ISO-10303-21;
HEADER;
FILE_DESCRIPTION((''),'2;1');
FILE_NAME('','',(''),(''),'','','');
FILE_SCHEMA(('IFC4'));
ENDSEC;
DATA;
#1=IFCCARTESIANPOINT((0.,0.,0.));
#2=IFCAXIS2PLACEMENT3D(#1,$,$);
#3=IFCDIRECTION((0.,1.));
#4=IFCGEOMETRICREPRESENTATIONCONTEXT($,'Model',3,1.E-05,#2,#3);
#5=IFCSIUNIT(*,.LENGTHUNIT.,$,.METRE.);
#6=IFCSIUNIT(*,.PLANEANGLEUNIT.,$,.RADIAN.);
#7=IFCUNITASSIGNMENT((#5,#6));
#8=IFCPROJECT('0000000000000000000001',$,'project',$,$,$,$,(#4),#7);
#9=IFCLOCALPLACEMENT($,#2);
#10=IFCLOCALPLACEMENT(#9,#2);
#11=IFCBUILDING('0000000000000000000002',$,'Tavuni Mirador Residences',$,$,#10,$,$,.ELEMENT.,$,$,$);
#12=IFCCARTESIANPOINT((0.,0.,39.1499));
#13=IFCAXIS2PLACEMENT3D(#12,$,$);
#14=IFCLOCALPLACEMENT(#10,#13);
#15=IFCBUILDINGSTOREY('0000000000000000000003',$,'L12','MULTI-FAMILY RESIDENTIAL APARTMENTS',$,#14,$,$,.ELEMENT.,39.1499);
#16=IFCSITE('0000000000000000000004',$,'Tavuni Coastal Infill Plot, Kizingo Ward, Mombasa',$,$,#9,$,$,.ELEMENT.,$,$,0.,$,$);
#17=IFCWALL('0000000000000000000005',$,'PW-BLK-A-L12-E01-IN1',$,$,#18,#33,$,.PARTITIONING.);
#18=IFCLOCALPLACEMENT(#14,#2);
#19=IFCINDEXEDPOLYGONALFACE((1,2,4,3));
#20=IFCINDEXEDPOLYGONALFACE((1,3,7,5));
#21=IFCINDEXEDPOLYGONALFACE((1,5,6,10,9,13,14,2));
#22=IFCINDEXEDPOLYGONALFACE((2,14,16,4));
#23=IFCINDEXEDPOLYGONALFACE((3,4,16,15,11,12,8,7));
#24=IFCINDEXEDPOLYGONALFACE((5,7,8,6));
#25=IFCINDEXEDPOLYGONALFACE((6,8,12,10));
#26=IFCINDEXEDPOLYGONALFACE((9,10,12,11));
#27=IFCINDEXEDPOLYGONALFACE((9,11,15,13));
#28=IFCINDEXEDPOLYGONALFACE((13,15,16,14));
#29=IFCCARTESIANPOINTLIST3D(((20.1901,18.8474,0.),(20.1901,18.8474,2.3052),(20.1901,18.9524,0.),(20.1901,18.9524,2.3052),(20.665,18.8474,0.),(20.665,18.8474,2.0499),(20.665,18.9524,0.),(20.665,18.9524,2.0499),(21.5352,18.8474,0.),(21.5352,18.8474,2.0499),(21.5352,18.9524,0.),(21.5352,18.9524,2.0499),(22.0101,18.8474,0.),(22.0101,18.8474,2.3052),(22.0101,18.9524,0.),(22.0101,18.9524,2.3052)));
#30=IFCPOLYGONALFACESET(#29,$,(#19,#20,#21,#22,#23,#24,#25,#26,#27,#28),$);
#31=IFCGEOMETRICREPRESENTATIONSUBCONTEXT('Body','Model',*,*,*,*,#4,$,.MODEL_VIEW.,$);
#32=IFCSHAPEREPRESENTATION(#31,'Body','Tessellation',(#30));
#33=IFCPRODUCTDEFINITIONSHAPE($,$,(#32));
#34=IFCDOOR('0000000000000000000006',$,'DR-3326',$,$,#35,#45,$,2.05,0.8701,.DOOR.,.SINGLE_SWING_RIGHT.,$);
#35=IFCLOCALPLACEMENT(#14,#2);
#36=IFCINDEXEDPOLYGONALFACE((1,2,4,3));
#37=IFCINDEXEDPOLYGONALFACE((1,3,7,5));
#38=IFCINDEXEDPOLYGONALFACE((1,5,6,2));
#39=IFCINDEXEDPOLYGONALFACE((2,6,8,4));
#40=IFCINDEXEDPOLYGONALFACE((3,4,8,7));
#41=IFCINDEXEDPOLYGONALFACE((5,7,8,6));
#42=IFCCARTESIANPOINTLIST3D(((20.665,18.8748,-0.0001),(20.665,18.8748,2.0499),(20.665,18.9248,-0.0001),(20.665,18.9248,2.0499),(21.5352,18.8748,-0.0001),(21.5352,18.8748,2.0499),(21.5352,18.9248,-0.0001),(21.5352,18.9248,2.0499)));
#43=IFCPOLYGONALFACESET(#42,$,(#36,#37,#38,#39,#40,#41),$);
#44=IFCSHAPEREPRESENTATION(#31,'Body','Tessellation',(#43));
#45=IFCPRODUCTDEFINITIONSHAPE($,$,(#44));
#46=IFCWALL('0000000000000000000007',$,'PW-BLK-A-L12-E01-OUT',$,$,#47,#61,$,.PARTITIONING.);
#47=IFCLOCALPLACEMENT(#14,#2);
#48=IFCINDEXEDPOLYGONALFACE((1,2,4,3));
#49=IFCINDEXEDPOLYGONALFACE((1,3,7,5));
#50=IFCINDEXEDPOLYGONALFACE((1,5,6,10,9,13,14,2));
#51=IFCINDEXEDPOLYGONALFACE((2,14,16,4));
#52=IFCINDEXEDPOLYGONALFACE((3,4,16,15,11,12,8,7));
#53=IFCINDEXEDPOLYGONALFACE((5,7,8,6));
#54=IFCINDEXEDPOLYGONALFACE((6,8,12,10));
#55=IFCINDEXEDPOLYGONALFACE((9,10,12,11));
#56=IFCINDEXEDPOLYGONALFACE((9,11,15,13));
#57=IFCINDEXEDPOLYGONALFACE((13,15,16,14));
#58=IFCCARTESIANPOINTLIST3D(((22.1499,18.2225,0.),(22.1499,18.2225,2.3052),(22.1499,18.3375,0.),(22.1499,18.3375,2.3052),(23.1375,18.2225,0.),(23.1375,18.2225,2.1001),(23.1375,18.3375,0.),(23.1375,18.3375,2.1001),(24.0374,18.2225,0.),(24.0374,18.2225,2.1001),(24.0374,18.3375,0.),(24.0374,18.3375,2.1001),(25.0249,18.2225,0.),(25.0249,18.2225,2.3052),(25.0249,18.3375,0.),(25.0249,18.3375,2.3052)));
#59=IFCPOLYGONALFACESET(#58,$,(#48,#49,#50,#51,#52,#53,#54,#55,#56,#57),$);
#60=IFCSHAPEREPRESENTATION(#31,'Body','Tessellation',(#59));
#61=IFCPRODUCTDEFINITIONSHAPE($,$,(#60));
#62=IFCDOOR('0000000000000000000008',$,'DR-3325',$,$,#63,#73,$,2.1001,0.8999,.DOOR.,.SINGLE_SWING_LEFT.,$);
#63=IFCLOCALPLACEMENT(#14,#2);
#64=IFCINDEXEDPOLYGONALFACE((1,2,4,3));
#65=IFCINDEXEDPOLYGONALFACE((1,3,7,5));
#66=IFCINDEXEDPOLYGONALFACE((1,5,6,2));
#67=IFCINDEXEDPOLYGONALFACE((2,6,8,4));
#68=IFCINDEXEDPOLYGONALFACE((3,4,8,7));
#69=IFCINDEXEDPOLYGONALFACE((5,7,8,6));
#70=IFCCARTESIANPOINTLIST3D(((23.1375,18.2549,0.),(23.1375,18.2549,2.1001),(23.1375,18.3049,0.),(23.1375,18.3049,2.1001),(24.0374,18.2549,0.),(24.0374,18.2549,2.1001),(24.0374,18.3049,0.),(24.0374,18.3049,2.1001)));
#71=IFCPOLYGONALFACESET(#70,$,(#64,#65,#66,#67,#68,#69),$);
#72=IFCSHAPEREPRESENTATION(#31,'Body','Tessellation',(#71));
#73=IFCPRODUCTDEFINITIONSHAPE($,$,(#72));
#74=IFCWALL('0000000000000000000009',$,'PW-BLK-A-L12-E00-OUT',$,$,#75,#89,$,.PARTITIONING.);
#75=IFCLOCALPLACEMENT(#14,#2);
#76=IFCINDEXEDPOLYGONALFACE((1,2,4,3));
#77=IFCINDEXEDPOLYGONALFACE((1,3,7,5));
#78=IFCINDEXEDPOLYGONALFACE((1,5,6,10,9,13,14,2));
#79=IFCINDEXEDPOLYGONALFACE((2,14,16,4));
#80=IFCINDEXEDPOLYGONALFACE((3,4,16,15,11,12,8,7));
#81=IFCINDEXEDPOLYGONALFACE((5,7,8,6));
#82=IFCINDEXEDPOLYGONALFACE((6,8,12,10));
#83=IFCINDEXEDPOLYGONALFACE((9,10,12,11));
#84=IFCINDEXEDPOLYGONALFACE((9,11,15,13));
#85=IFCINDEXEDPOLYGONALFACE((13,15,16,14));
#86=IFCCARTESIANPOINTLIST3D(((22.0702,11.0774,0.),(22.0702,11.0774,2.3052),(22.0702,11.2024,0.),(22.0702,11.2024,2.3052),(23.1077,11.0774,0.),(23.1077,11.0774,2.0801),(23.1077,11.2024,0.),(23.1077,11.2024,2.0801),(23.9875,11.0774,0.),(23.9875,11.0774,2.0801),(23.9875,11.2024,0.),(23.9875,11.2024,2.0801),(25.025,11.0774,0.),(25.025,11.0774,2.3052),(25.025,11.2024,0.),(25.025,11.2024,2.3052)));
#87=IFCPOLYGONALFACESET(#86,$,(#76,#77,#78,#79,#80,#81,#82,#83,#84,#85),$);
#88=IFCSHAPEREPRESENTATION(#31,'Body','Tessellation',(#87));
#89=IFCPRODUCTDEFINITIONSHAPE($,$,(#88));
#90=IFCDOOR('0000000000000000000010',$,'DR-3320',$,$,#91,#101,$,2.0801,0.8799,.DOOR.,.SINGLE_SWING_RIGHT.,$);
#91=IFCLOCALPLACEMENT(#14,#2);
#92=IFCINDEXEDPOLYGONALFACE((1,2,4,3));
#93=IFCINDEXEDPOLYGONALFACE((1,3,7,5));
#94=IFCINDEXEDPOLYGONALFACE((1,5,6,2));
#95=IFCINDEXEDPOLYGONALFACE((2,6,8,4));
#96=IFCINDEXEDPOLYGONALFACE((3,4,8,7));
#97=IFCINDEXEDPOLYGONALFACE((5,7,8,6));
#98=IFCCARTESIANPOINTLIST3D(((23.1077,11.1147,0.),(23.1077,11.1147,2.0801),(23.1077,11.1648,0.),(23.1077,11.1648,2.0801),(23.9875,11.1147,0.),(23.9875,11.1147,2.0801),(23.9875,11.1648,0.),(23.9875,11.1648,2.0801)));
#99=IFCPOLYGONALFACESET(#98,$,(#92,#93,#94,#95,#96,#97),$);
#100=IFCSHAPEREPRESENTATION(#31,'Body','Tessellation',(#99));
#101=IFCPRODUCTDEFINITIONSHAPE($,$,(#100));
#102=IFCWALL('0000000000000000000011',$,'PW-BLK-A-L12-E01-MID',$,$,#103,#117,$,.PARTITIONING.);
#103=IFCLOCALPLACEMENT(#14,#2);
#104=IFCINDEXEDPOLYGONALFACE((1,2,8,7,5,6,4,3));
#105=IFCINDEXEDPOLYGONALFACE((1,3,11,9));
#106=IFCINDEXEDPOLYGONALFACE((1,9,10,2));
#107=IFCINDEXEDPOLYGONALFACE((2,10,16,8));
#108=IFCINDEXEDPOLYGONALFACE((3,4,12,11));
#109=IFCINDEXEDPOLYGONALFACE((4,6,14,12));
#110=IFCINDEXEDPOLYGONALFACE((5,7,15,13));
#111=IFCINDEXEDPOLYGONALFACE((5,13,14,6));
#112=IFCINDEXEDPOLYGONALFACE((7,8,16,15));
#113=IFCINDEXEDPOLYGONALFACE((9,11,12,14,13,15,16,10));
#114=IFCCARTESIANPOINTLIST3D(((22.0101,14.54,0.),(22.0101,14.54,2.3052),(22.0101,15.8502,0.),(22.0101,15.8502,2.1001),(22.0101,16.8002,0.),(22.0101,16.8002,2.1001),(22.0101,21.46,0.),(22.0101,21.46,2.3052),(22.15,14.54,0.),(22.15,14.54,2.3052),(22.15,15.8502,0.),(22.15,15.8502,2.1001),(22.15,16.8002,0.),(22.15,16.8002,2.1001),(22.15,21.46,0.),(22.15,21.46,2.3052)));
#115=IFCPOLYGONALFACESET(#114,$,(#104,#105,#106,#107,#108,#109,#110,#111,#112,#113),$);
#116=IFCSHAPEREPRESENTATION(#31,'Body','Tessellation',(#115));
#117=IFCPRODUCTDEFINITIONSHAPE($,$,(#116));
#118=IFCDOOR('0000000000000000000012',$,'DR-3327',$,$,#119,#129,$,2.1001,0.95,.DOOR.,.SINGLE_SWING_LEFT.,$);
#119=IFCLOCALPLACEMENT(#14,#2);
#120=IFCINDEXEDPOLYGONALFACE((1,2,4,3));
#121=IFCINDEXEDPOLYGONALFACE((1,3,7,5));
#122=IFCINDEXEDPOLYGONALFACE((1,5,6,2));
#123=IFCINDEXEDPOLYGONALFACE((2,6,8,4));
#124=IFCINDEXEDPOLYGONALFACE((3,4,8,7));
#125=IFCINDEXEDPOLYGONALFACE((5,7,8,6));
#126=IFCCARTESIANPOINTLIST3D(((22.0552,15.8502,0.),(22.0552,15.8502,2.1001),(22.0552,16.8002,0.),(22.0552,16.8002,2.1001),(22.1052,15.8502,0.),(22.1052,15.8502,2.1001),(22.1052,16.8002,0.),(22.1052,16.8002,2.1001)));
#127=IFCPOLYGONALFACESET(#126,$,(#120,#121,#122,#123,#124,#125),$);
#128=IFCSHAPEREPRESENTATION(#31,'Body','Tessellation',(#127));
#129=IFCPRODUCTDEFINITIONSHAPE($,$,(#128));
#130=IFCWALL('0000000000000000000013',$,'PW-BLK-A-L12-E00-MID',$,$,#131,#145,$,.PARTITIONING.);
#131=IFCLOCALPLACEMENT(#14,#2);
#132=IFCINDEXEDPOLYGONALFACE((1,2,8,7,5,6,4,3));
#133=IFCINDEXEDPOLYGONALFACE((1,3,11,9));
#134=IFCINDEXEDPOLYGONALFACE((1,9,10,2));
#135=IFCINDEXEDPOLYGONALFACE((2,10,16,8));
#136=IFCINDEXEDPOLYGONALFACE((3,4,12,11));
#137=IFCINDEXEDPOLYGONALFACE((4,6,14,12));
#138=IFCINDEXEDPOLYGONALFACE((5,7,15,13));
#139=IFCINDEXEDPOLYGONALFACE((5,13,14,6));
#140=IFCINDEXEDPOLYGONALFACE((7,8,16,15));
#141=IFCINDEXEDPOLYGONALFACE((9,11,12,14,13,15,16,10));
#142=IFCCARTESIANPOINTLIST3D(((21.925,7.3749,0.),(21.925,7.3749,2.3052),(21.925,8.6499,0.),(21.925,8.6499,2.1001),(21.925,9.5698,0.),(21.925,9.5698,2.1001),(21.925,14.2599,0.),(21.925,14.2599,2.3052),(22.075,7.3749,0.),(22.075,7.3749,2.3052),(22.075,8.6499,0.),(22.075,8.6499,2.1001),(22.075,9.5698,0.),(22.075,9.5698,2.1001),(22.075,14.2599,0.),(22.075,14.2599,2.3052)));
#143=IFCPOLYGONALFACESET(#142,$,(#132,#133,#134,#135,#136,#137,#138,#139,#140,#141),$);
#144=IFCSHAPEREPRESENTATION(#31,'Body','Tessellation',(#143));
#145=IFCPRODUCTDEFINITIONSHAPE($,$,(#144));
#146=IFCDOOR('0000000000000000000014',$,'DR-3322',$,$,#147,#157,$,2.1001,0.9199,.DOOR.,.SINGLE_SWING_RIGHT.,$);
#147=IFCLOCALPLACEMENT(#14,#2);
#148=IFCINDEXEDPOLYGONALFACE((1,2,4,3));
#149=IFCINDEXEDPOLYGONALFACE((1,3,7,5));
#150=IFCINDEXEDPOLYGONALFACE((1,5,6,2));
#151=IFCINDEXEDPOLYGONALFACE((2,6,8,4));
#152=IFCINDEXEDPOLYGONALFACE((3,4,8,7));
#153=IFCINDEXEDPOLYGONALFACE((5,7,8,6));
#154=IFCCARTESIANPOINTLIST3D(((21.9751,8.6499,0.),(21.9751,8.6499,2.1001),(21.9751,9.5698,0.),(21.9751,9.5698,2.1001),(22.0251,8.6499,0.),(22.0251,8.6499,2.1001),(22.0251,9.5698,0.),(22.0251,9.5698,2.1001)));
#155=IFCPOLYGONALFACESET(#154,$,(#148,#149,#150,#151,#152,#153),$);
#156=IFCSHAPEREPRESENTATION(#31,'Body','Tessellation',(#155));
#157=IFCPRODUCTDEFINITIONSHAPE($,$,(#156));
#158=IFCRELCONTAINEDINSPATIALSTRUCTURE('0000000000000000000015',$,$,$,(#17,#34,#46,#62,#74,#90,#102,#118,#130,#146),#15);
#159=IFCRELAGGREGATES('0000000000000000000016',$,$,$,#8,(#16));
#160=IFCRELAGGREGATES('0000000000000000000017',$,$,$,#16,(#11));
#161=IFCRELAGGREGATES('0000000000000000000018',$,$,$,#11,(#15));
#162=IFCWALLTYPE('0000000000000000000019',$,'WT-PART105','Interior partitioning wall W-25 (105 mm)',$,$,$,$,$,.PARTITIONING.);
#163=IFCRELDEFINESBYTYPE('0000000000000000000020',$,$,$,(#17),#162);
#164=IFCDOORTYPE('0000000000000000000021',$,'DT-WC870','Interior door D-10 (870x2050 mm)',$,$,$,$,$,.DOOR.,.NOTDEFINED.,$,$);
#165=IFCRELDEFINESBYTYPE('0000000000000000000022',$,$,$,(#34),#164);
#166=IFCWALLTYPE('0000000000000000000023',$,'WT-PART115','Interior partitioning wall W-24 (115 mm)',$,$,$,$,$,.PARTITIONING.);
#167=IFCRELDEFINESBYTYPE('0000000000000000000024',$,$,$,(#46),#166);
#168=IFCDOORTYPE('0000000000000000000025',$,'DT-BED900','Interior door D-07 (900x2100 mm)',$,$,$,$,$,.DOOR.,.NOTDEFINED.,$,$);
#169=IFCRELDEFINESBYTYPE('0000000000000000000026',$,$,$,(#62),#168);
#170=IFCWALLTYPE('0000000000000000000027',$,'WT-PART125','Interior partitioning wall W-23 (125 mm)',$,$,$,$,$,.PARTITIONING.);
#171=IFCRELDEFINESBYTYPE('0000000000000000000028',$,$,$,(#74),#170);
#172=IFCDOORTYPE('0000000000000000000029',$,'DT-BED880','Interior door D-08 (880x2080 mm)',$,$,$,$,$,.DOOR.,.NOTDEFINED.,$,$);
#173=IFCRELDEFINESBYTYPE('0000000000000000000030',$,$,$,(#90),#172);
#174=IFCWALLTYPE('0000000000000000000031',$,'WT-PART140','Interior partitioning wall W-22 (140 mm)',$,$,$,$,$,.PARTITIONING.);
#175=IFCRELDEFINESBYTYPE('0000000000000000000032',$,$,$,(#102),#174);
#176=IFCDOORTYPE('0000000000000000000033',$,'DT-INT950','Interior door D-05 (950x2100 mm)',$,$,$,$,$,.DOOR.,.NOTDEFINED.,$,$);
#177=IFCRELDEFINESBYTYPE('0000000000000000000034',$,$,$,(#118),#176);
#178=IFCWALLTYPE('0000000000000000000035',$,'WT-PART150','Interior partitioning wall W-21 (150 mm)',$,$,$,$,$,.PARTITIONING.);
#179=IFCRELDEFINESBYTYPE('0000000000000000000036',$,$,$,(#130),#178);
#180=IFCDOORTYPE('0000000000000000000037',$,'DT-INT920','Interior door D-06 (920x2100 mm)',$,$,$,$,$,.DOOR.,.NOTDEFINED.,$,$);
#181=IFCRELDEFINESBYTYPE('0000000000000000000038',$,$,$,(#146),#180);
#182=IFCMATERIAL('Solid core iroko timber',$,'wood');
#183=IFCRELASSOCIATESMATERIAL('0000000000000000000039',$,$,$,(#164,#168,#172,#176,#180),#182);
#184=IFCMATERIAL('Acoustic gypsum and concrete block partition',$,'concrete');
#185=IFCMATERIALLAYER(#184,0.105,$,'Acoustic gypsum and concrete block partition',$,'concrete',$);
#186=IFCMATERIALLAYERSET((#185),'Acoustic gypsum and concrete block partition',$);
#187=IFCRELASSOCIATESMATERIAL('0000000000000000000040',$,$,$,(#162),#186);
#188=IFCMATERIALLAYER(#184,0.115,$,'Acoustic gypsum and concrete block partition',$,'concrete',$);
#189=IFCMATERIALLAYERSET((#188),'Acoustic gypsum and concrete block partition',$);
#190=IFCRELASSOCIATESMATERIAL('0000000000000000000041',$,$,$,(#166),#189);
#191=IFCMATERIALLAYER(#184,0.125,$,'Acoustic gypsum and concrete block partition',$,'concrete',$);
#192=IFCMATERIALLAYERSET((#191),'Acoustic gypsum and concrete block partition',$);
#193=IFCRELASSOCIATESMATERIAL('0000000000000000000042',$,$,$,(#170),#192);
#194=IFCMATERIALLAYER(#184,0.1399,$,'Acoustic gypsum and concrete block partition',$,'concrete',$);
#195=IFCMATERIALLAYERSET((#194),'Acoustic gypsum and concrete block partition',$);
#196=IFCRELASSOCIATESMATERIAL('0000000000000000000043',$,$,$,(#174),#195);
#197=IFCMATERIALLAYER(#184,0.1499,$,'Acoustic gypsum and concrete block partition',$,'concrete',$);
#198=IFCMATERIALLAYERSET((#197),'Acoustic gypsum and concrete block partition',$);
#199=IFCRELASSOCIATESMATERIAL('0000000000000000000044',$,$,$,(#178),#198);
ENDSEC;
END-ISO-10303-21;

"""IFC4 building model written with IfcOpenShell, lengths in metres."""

from ifc_helpers import new_model, si_unit, direction, frame, frame_2d, origin, place, context, subcontext, project, spatial, rectangle, extrude, material, layer, layer_set, type_object, element, fill, save


model = new_model("IFC4")

# Units and contexts
model_context = context("Model", 3, precision=1e-05, world=origin(), true_north=direction((0.0, 1.0)))
body_context = subcontext(model_context, "Body", "Model", "MODEL_VIEW")
ifc_project = project(units=[si_unit("LENGTHUNIT", "METRE"), si_unit("PLANEANGLEUNIT", "RADIAN")], contexts=[model_context])

# Site, building, storey
site_placement = place(None, origin())
site = spatial("IfcSite", under=ifc_project, at=site_placement, Name="Tavuni Coastal Infill Plot, Kizingo Ward, Mombasa", CompositionType="ELEMENT", RefElevation=0.0)
building_placement = place(site_placement, origin())
building = spatial("IfcBuilding", under=site, at=building_placement, Name="Tavuni Mirador Residences", CompositionType="ELEMENT")
storey_placement = place(building_placement, frame((0.0, 0.0, 39.1499)))
storey = spatial("IfcBuildingStorey", under=building, at=storey_placement, Name="L12", Description="MULTI-FAMILY RESIDENTIAL APARTMENTS", CompositionType="ELEMENT", Elevation=39.1499)

# Shared definitions
ifc_material_1 = material(Name="Solid core iroko timber", Category="wood")

# Walls, openings, doors
ifc_material_2 = material(Name="Acoustic gypsum and concrete block partition", Category="concrete")
door_type_1 = type_object("IfcDoorType", Name="DT-WC870", Description="Interior door D-10 (870x2050 mm)", OperationType="NOTDEFINED", PredefinedType="DOOR", material=ifc_material_1)
ifc_layer_1 = layer(ifc_material_2, 0.105, Name="Acoustic gypsum and concrete block partition", Category="concrete")
ifc_layer_set_1 = layer_set([ifc_layer_1], Name="Acoustic gypsum and concrete block partition")
wall_type_1 = type_object("IfcWallType", Name="WT-PART105", Description="Interior partitioning wall W-25 (105 mm)", PredefinedType="PARTITIONING", material=ifc_layer_set_1)
wall_1_placement = place(storey_placement, frame((20.1899, 18.8999, 0.0), z_axis=(0.0, 0.0, 1.0), x_axis=(1.0, 0.0, 0.0)))
wall_1 = element("IfcWall", 1, at=wall_1_placement, inside=storey, type_object=wall_type_1, Name="PW-BLK-A-L12-E01-IN1", PredefinedType="PARTITIONING", context=body_context, shape_type="SweptSolid", body=[
    extrude(rectangle(XDim=1.8201, YDim=0.105, at=frame_2d((0.9102, 0.0))), origin(), (0.0, 0.0, 1.0), 2.3052),
])
opening_1_placement = place(wall_1_placement, frame((0.4751, 0.0, 0.0)))
opening_1 = element("IfcOpeningElement", 2, at=opening_1_placement, cuts=wall_1, PredefinedType="OPENING", context=body_context, shape_type="SweptSolid", body=[
    extrude(rectangle(XDim=0.8701, YDim=2.05, at=frame_2d((0.4351, 1.0249))), frame((0.0, 0.0625, 0.0), z_axis=(0.0, -1.0, 0.0), x_axis=(1.0, 0.0, 0.0)), (0.0, 0.0, 1.0), 0.125),
])
door_1_placement = place(opening_1_placement, origin())
door_1 = element("IfcDoor", 3, at=door_1_placement, inside=storey, type_object=door_type_1, Name="DR-3326", OperationType="SINGLE_SWING_RIGHT", OverallHeight=2.05, OverallWidth=0.8701, PredefinedType="DOOR", context=body_context, shape_type="SweptSolid", body=[
    extrude(rectangle(XDim=0.8701, YDim=2.05, at=frame_2d((0.4351, 1.0249))), frame((0.0, 0.0249, 0.0), z_axis=(0.0, -1.0, 0.0), x_axis=(1.0, 0.0, 0.0)), (0.0, 0.0, 1.0), 0.05),
])
fill(opening_1, door_1)
ifc_layer_2 = layer(ifc_material_2, 0.115, Name="Acoustic gypsum and concrete block partition", Category="concrete")
ifc_layer_set_2 = layer_set([ifc_layer_2], Name="Acoustic gypsum and concrete block partition")
wall_type_2 = type_object("IfcWallType", Name="WT-PART115", Description="Interior partitioning wall W-24 (115 mm)", PredefinedType="PARTITIONING", material=ifc_layer_set_2)
wall_2_placement = place(storey_placement, frame((22.1499, 18.28, 0.0), z_axis=(0.0, 0.0, 1.0), x_axis=(1.0, 0.0, 0.0)))
wall_2 = element("IfcWall", 4, at=wall_2_placement, inside=storey, type_object=wall_type_2, Name="PW-BLK-A-L12-E01-OUT", PredefinedType="PARTITIONING", context=body_context, shape_type="SweptSolid", body=[
    extrude(rectangle(XDim=2.875, YDim=0.115, at=frame_2d((1.4375, 0.0))), origin(), (0.0, 0.0, 1.0), 2.3052),
])
opening_2_placement = place(wall_2_placement, frame((0.9875, 0.0, 0.0)))
opening_2 = element("IfcOpeningElement", 5, at=opening_2_placement, cuts=wall_2, PredefinedType="OPENING", context=body_context, shape_type="SweptSolid", body=[
    extrude(rectangle(XDim=0.8999, YDim=2.1001, at=frame_2d((0.45, 1.05))), frame((0.0, 0.0674, 0.0), z_axis=(0.0, -1.0, 0.0), x_axis=(1.0, 0.0, 0.0)), (0.0, 0.0, 1.0), 0.135),
])
door_type_2 = type_object("IfcDoorType", Name="DT-BED900", Description="Interior door D-07 (900x2100 mm)", OperationType="NOTDEFINED", PredefinedType="DOOR", material=ifc_material_1)
door_2_placement = place(opening_2_placement, origin())
door_2 = element("IfcDoor", 6, at=door_2_placement, inside=storey, type_object=door_type_2, Name="DR-3325", OperationType="SINGLE_SWING_LEFT", OverallHeight=2.1001, OverallWidth=0.8999, PredefinedType="DOOR", context=body_context, shape_type="SweptSolid", body=[
    extrude(rectangle(XDim=0.8999, YDim=2.1001, at=frame_2d((0.45, 1.05))), frame((0.0, 0.0249, 0.0), z_axis=(0.0, -1.0, 0.0), x_axis=(1.0, 0.0, 0.0)), (0.0, 0.0, 1.0), 0.05),
])
fill(opening_2, door_2)
ifc_layer_3 = layer(ifc_material_2, 0.125, Name="Acoustic gypsum and concrete block partition", Category="concrete")
ifc_layer_set_3 = layer_set([ifc_layer_3], Name="Acoustic gypsum and concrete block partition")
wall_type_3 = type_object("IfcWallType", Name="WT-PART125", Description="Interior partitioning wall W-23 (125 mm)", PredefinedType="PARTITIONING", material=ifc_layer_set_3)
wall_3_placement = place(storey_placement, frame((22.0701, 11.1399, 0.0), z_axis=(0.0, 0.0, 1.0), x_axis=(1.0, 0.0, 0.0)))
wall_3 = element("IfcWall", 7, at=wall_3_placement, inside=storey, type_object=wall_type_3, Name="PW-BLK-A-L12-E00-OUT", PredefinedType="PARTITIONING", context=body_context, shape_type="SweptSolid", body=[
    extrude(rectangle(XDim=2.9548, YDim=0.125, at=frame_2d((1.4775, 0.0))), origin(), (0.0, 0.0, 1.0), 2.3052),
])
opening_3_placement = place(wall_3_placement, frame((1.0376, 0.0, 0.0)))
opening_3 = element("IfcOpeningElement", 8, at=opening_3_placement, cuts=wall_3, PredefinedType="OPENING", context=body_context, shape_type="SweptSolid", body=[
    extrude(rectangle(XDim=0.8799, YDim=2.0801, at=frame_2d((0.4399, 1.04))), frame((0.0, 0.0725, 0.0), z_axis=(0.0, -1.0, 0.0), x_axis=(1.0, 0.0, 0.0)), (0.0, 0.0, 1.0), 0.145),
])
door_type_3 = type_object("IfcDoorType", Name="DT-BED880", Description="Interior door D-08 (880x2080 mm)", OperationType="NOTDEFINED", PredefinedType="DOOR", material=ifc_material_1)
door_3_placement = place(opening_3_placement, origin())
door_3 = element("IfcDoor", 9, at=door_3_placement, inside=storey, type_object=door_type_3, Name="DR-3320", OperationType="SINGLE_SWING_RIGHT", OverallHeight=2.0801, OverallWidth=0.8799, PredefinedType="DOOR", context=body_context, shape_type="SweptSolid", body=[
    extrude(rectangle(XDim=0.8799, YDim=2.0801, at=frame_2d((0.4399, 1.04))), frame((0.0, 0.0249, 0.0), z_axis=(0.0, -1.0, 0.0), x_axis=(1.0, 0.0, 0.0)), (0.0, 0.0, 1.0), 0.05),
])
fill(opening_3, door_3)
ifc_layer_4 = layer(ifc_material_2, 0.1399, Name="Acoustic gypsum and concrete block partition", Category="concrete")
ifc_layer_set_4 = layer_set([ifc_layer_4], Name="Acoustic gypsum and concrete block partition")
wall_type_4 = type_object("IfcWallType", Name="WT-PART140", Description="Interior partitioning wall W-22 (140 mm)", PredefinedType="PARTITIONING", material=ifc_layer_set_4)
wall_4_placement = place(storey_placement, frame((22.0801, 14.54, 0.0), z_axis=(0.0, 0.0, 1.0), x_axis=(0.0, 1.0, 0.0)))
wall_4 = element("IfcWall", 10, at=wall_4_placement, inside=storey, type_object=wall_type_4, Name="PW-BLK-A-L12-E01-MID", PredefinedType="PARTITIONING", context=body_context, shape_type="SweptSolid", body=[
    extrude(rectangle(XDim=6.9199, YDim=0.1399, at=frame_2d((3.46, 0.0))), origin(), (0.0, 0.0, 1.0), 2.3052),
])
opening_4_placement = place(wall_4_placement, frame((1.3101, 0.0, 0.0)))
opening_4 = element("IfcOpeningElement", 11, at=opening_4_placement, cuts=wall_4, PredefinedType="OPENING", context=body_context, shape_type="SweptSolid", body=[
    extrude(rectangle(XDim=0.95, YDim=2.1001, at=frame_2d((0.4751, 1.05))), frame((0.0, 0.0801, 0.0), z_axis=(0.0, -1.0, 0.0), x_axis=(1.0, 0.0, 0.0)), (0.0, 0.0, 1.0), 0.1599),
])
door_type_4 = type_object("IfcDoorType", Name="DT-INT950", Description="Interior door D-05 (950x2100 mm)", OperationType="NOTDEFINED", PredefinedType="DOOR", material=ifc_material_1)
door_4_placement = place(opening_4_placement, origin())
door_4 = element("IfcDoor", 12, at=door_4_placement, inside=storey, type_object=door_type_4, Name="DR-3327", OperationType="SINGLE_SWING_LEFT", OverallHeight=2.1001, OverallWidth=0.95, PredefinedType="DOOR", context=body_context, shape_type="SweptSolid", body=[
    extrude(rectangle(XDim=0.95, YDim=2.1001, at=frame_2d((0.4751, 1.05))), frame((0.0, 0.0249, 0.0), z_axis=(0.0, -1.0, 0.0), x_axis=(1.0, 0.0, 0.0)), (0.0, 0.0, 1.0), 0.05),
])
fill(opening_4, door_4)
ifc_layer_5 = layer(ifc_material_2, 0.1499, Name="Acoustic gypsum and concrete block partition", Category="concrete")
ifc_layer_set_5 = layer_set([ifc_layer_5], Name="Acoustic gypsum and concrete block partition")
wall_type_5 = type_object("IfcWallType", Name="WT-PART150", Description="Interior partitioning wall W-21 (150 mm)", PredefinedType="PARTITIONING", material=ifc_layer_set_5)
wall_5_placement = place(storey_placement, frame((22.0, 7.375, 0.0), z_axis=(0.0, 0.0, 1.0), x_axis=(0.0, 1.0, 0.0)))
wall_5 = element("IfcWall", 13, at=wall_5_placement, inside=storey, type_object=wall_type_5, Name="PW-BLK-A-L12-E00-MID", PredefinedType="PARTITIONING", context=body_context, shape_type="SweptSolid", body=[
    extrude(rectangle(XDim=6.885, YDim=0.1499, at=frame_2d((3.4424, 0.0))), origin(), (0.0, 0.0, 1.0), 2.3052),
])
opening_5_placement = place(wall_5_placement, frame((1.2749, 0.0, 0.0)))
opening_5 = element("IfcOpeningElement", 14, at=opening_5_placement, cuts=wall_5, PredefinedType="OPENING", context=body_context, shape_type="SweptSolid", body=[
    extrude(rectangle(XDim=0.9199, YDim=2.1001, at=frame_2d((0.46, 1.05))), frame((0.0, 0.085, 0.0), z_axis=(0.0, -1.0, 0.0), x_axis=(1.0, 0.0, 0.0)), (0.0, 0.0, 1.0), 0.1699),
])
door_type_5 = type_object("IfcDoorType", Name="DT-INT920", Description="Interior door D-06 (920x2100 mm)", OperationType="NOTDEFINED", PredefinedType="DOOR", material=ifc_material_1)
door_5_placement = place(opening_5_placement, origin())
door_5 = element("IfcDoor", 15, at=door_5_placement, inside=storey, type_object=door_type_5, Name="DR-3322", OperationType="SINGLE_SWING_RIGHT", OverallHeight=2.1001, OverallWidth=0.9199, PredefinedType="DOOR", context=body_context, shape_type="SweptSolid", body=[
    extrude(rectangle(XDim=0.9199, YDim=2.1001, at=frame_2d((0.46, 1.05))), frame((0.0, 0.0249, 0.0), z_axis=(0.0, -1.0, 0.0), x_axis=(1.0, 0.0, 0.0)), (0.0, 0.0, 1.0), 0.05),
])
fill(opening_5, door_5)

save(model, "model.ifc")
